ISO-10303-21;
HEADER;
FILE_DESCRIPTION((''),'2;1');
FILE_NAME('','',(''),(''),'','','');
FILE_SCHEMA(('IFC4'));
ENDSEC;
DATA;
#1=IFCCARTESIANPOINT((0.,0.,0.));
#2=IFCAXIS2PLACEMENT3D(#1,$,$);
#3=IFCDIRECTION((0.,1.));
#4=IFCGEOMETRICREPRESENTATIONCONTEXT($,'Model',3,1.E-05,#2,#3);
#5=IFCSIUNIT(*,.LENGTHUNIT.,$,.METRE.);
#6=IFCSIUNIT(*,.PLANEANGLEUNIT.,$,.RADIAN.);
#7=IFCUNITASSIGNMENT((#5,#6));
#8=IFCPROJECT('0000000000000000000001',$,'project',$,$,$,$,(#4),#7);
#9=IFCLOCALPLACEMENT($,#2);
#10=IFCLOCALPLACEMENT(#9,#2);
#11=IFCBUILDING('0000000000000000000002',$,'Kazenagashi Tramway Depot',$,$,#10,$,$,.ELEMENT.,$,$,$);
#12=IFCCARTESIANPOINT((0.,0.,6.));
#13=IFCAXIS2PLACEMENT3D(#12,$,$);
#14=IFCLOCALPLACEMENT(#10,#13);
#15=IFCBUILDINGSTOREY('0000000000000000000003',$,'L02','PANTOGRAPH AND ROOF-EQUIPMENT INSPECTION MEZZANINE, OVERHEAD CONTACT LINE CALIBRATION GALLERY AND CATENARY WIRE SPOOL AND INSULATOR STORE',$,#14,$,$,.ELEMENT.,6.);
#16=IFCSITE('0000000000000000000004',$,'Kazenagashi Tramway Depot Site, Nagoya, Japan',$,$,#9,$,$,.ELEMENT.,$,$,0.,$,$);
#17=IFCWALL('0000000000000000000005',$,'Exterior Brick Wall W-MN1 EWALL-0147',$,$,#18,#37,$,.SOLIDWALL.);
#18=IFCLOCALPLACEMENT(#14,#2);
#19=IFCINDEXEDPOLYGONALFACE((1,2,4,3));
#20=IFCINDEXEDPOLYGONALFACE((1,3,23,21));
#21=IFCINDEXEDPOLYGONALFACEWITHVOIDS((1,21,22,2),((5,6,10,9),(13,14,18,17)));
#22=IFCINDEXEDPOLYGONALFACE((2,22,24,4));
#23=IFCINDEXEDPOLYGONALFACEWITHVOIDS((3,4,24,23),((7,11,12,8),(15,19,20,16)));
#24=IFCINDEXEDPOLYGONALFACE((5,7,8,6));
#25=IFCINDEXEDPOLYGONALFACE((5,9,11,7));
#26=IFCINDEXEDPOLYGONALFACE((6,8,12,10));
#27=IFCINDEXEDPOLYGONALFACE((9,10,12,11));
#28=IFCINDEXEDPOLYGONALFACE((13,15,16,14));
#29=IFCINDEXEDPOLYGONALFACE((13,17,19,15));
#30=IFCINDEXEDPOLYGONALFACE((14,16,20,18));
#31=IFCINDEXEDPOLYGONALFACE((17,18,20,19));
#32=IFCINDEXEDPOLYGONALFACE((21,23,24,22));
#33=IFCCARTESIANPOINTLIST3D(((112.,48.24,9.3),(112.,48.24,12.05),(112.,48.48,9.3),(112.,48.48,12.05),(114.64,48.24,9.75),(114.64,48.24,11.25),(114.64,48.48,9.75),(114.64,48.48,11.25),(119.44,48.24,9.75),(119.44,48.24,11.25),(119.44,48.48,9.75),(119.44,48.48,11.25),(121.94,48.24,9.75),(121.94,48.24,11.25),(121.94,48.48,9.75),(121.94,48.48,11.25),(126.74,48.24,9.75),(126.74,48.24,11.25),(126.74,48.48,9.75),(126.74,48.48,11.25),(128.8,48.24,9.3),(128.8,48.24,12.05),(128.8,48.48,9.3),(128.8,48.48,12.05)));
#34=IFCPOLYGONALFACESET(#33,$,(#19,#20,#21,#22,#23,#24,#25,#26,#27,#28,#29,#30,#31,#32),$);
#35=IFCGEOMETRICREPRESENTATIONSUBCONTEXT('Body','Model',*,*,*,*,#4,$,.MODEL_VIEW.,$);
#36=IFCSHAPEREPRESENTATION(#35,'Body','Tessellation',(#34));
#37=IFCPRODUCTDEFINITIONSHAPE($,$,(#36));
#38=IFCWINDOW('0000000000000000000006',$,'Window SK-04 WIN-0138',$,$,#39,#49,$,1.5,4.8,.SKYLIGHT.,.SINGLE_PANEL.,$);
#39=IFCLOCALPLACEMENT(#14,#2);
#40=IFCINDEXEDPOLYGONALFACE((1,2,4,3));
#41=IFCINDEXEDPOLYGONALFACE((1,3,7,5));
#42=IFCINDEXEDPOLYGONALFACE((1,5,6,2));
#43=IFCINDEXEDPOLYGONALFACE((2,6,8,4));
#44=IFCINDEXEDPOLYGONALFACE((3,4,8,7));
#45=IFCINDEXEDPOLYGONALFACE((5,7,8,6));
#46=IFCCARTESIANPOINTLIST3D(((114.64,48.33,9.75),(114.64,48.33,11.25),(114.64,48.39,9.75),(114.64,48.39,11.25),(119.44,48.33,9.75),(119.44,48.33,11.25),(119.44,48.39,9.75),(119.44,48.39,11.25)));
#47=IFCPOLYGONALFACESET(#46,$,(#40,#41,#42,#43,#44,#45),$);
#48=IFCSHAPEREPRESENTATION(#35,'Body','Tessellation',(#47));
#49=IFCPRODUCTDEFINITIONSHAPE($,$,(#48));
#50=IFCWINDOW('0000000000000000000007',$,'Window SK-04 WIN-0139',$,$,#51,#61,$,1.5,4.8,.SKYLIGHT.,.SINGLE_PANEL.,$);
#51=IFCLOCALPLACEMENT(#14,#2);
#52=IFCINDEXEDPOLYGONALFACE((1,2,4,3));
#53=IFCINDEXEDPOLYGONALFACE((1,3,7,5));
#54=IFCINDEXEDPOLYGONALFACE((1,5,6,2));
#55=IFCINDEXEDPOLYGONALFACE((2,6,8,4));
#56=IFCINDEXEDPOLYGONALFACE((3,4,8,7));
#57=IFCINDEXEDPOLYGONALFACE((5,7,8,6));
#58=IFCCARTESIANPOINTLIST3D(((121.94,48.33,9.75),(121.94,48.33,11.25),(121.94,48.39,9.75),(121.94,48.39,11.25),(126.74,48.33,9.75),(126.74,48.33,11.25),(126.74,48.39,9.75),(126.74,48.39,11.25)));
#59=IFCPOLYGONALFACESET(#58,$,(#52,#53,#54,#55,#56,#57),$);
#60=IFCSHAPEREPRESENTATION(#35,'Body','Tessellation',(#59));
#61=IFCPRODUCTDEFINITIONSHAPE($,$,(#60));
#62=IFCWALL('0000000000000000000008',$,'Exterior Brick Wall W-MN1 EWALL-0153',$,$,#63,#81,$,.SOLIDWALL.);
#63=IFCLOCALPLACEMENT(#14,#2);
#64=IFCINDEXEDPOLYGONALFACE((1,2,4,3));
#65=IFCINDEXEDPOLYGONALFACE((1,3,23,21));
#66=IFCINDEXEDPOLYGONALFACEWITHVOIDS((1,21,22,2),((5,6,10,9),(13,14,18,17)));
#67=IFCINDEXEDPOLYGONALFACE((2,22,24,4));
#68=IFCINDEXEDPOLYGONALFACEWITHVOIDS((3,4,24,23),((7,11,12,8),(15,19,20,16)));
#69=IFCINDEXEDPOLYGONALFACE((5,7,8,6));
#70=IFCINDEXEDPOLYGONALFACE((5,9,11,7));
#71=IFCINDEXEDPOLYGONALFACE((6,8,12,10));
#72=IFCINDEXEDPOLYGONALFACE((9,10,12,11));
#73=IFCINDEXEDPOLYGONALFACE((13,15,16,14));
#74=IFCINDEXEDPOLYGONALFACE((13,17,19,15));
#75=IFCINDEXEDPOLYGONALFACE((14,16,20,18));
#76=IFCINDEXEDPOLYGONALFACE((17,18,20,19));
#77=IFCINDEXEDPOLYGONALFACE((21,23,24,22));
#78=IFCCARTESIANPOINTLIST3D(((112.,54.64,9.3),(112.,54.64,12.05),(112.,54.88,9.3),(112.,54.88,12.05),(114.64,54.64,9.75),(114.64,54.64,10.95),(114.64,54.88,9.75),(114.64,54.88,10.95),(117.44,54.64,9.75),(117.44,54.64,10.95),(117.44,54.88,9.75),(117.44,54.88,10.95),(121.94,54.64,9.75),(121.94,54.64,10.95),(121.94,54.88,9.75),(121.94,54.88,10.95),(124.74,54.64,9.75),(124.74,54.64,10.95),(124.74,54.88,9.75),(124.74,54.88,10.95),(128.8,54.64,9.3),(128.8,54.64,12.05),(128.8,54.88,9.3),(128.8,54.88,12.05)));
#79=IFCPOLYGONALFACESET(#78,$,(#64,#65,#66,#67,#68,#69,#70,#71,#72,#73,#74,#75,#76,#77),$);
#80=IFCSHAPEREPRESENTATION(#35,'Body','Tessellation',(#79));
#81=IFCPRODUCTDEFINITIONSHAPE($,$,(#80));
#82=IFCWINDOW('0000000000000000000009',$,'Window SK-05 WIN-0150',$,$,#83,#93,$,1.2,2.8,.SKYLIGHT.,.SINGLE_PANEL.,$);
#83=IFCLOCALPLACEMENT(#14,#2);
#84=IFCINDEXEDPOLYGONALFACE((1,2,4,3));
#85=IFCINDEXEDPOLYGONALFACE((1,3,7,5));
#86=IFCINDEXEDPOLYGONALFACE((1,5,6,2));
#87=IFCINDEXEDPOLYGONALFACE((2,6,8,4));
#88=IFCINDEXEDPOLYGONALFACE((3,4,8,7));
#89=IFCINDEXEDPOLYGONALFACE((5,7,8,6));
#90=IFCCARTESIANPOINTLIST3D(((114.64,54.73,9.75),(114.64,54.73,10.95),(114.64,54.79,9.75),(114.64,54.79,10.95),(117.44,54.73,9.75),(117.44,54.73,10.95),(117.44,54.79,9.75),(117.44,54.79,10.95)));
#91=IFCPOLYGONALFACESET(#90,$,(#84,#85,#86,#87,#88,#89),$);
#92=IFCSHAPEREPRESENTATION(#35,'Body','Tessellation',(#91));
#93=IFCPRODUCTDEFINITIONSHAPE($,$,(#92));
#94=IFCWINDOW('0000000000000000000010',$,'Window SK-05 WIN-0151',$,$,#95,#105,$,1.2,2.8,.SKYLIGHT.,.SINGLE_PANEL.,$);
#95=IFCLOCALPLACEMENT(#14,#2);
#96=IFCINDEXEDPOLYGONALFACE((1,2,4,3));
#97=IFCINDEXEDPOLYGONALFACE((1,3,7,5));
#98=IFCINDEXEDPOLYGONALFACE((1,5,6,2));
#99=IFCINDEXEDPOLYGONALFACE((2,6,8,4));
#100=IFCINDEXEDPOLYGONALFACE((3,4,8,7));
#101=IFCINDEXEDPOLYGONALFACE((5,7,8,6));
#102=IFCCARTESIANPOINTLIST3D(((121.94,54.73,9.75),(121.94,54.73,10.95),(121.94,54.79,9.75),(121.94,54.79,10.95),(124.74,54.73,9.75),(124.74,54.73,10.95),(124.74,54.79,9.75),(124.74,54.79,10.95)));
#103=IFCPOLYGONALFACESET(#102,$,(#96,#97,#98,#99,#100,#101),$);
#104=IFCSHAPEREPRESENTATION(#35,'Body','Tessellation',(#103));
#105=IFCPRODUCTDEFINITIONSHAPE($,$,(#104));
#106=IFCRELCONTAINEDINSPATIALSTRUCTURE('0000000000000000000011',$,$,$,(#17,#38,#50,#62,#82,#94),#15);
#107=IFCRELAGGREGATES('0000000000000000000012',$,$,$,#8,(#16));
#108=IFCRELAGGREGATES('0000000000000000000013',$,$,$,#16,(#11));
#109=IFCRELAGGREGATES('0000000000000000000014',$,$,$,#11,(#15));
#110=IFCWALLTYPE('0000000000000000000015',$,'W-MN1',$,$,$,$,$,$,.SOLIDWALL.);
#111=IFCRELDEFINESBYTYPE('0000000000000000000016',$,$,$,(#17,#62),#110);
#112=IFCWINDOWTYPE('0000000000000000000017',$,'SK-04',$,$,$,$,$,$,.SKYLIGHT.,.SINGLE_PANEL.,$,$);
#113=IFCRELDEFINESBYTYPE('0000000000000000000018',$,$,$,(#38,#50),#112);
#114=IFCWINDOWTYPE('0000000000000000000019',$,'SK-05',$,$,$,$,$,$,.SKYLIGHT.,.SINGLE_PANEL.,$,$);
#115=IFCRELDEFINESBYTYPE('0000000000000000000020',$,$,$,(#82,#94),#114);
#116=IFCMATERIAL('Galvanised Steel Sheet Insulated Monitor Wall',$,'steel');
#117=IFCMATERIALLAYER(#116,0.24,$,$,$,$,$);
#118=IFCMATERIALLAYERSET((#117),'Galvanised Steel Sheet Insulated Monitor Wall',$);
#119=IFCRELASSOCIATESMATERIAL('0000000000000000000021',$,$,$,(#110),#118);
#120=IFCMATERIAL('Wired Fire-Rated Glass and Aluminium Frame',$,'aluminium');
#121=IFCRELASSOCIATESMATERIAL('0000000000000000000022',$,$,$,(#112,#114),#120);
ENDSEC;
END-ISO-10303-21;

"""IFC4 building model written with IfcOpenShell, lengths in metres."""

from ifc_helpers import new_model, si_unit, direction, frame, frame_2d, origin, place, context, subcontext, project, spatial, rectangle, extrude, material, layer, layer_set, type_object, element, fill, save


model = new_model("IFC4")

# Units and contexts
model_context = context("Model", 3, precision=1e-05, world=origin(), true_north=direction((0.0, 1.0)))
body_context = subcontext(model_context, "Body", "Model", "MODEL_VIEW")
ifc_project = project(units=[si_unit("LENGTHUNIT", "METRE"), si_unit("PLANEANGLEUNIT", "RADIAN")], contexts=[model_context])

# Site, building, storey
site_placement = place(None, origin())
site = spatial("IfcSite", under=ifc_project, at=site_placement, Name="Kazenagashi Tramway Depot Site, Nagoya, Japan", CompositionType="ELEMENT", RefElevation=0.0)
building_placement = place(site_placement, origin())
building = spatial("IfcBuilding", under=site, at=building_placement, Name="Kazenagashi Tramway Depot", CompositionType="ELEMENT")
storey_placement = place(building_placement, frame((0.0, 0.0, 6.0)))
storey = spatial("IfcBuildingStorey", under=building, at=storey_placement, Name="L02", Description="PANTOGRAPH AND ROOF-EQUIPMENT INSPECTION MEZZANINE, OVERHEAD CONTACT LINE CALIBRATION GALLERY AND CATENARY WIRE SPOOL AND INSULATOR STORE", CompositionType="ELEMENT", Elevation=6.0)

# Walls, openings, windows
ifc_material_1 = material(Name="Galvanised Steel Sheet Insulated Monitor Wall", Category="steel")
ifc_layer_1 = layer(ifc_material_1, 0.24)
ifc_layer_set_1 = layer_set([ifc_layer_1], Name="Galvanised Steel Sheet Insulated Monitor Wall")
wall_type = type_object("IfcWallType", Name="W-MN1", PredefinedType="SOLIDWALL", material=ifc_layer_set_1)
ifc_material_2 = material(Name="Wired Fire-Rated Glass and Aluminium Frame", Category="aluminium")
wall_1_placement = place(storey_placement, frame((112.0, 48.36, 9.3), z_axis=(0.0, 0.0, 1.0), x_axis=(1.0, 0.0, 0.0)))
wall_1 = element("IfcWall", 1, at=wall_1_placement, inside=storey, type_object=wall_type, Name="Exterior Brick Wall W-MN1 EWALL-0147", PredefinedType="SOLIDWALL", context=body_context, shape_type="SweptSolid", body=[
    extrude(rectangle(XDim=16.8, YDim=0.24, at=frame_2d((8.4, 0.0))), origin(), (0.0, 0.0, 1.0), 2.75),
])
opening_1_placement = place(wall_1_placement, frame((2.64, 0.0, 0.45)))
opening_1 = element("IfcOpeningElement", 2, at=opening_1_placement, cuts=wall_1, PredefinedType="OPENING", context=body_context, shape_type="SweptSolid", body=[
    extrude(rectangle(XDim=4.8, YDim=1.5, at=frame_2d((2.4, 0.75))), frame((0.0, 0.13, 0.0), z_axis=(0.0, -1.0, 0.0), x_axis=(1.0, 0.0, 0.0)), (0.0, 0.0, 1.0), 0.26),
])
opening_2_placement = place(wall_1_placement, frame((9.94, 0.0, 0.45)))
opening_2 = element("IfcOpeningElement", 3, at=opening_2_placement, cuts=wall_1, PredefinedType="OPENING", context=body_context, shape_type="SweptSolid", body=[
    extrude(rectangle(XDim=4.8, YDim=1.5, at=frame_2d((2.4, 0.75))), frame((0.0, 0.13, 0.0), z_axis=(0.0, -1.0, 0.0), x_axis=(1.0, 0.0, 0.0)), (0.0, 0.0, 1.0), 0.26),
])
window_type_1 = type_object("IfcWindowType", Name="SK-04", PartitioningType="SINGLE_PANEL", PredefinedType="SKYLIGHT", material=ifc_material_2)
window_1_placement = place(opening_1_placement, origin())
window_1 = element("IfcWindow", 4, at=window_1_placement, inside=storey, type_object=window_type_1, Name="Window SK-04 WIN-0138", OverallHeight=1.5, OverallWidth=4.8, PartitioningType="SINGLE_PANEL", PredefinedType="SKYLIGHT", context=body_context, shape_type="SweptSolid", body=[
    extrude(rectangle(XDim=4.8, YDim=1.5, at=frame_2d((2.4, 0.75))), frame((0.0, 0.03, 0.0), z_axis=(0.0, -1.0, 0.0), x_axis=(1.0, 0.0, 0.0)), (0.0, 0.0, 1.0), 0.06),
])
fill(opening_1, window_1)
window_2_placement = place(opening_2_placement, origin())
window_2 = element("IfcWindow", 5, at=window_2_placement, inside=storey, type_object=window_type_1, Name="Window SK-04 WIN-0139", OverallHeight=1.5, OverallWidth=4.8, PartitioningType="SINGLE_PANEL", PredefinedType="SKYLIGHT", context=body_context, shape_type="SweptSolid", body=[
    extrude(rectangle(XDim=4.8, YDim=1.5, at=frame_2d((2.4, 0.75))), frame((0.0, 0.03, 0.0), z_axis=(0.0, -1.0, 0.0), x_axis=(1.0, 0.0, 0.0)), (0.0, 0.0, 1.0), 0.06),
])
fill(opening_2, window_2)
wall_2_placement = place(storey_placement, frame((112.0, 54.76, 9.3), z_axis=(0.0, 0.0, 1.0), x_axis=(1.0, 0.0, 0.0)))
wall_2 = element("IfcWall", 6, at=wall_2_placement, inside=storey, type_object=wall_type, Name="Exterior Brick Wall W-MN1 EWALL-0153", PredefinedType="SOLIDWALL", context=body_context, shape_type="SweptSolid", body=[
    extrude(rectangle(XDim=16.8, YDim=0.24, at=frame_2d((8.4, 0.0))), origin(), (0.0, 0.0, 1.0), 2.75),
])
opening_3_placement = place(wall_2_placement, frame((2.64, 0.0, 0.45)))
opening_3 = element("IfcOpeningElement", 7, at=opening_3_placement, cuts=wall_2, PredefinedType="OPENING", context=body_context, shape_type="SweptSolid", body=[
    extrude(rectangle(XDim=2.8, YDim=1.2, at=frame_2d((1.4, 0.6))), frame((0.0, 0.13, 0.0), z_axis=(0.0, -1.0, 0.0), x_axis=(1.0, 0.0, 0.0)), (0.0, 0.0, 1.0), 0.26),
])
opening_4_placement = place(wall_2_placement, frame((9.94, 0.0, 0.45)))
opening_4 = element("IfcOpeningElement", 8, at=opening_4_placement, cuts=wall_2, PredefinedType="OPENING", context=body_context, shape_type="SweptSolid", body=[
    extrude(rectangle(XDim=2.8, YDim=1.2, at=frame_2d((1.4, 0.6))), frame((0.0, 0.13, 0.0), z_axis=(0.0, -1.0, 0.0), x_axis=(1.0, 0.0, 0.0)), (0.0, 0.0, 1.0), 0.26),
])
window_type_2 = type_object("IfcWindowType", Name="SK-05", PartitioningType="SINGLE_PANEL", PredefinedType="SKYLIGHT", material=ifc_material_2)
window_3_placement = place(opening_3_placement, origin())
window_3 = element("IfcWindow", 9, at=window_3_placement, inside=storey, type_object=window_type_2, Name="Window SK-05 WIN-0150", OverallHeight=1.2, OverallWidth=2.8, PartitioningType="SINGLE_PANEL", PredefinedType="SKYLIGHT", context=body_context, shape_type="SweptSolid", body=[
    extrude(rectangle(XDim=2.8, YDim=1.2, at=frame_2d((1.4, 0.6))), frame((0.0, 0.03, 0.0), z_axis=(0.0, -1.0, 0.0), x_axis=(1.0, 0.0, 0.0)), (0.0, 0.0, 1.0), 0.06),
])
fill(opening_3, window_3)
window_4_placement = place(opening_4_placement, origin())
window_4 = element("IfcWindow", 10, at=window_4_placement, inside=storey, type_object=window_type_2, Name="Window SK-05 WIN-0151", OverallHeight=1.2, OverallWidth=2.8, PartitioningType="SINGLE_PANEL", PredefinedType="SKYLIGHT", context=body_context, shape_type="SweptSolid", body=[
    extrude(rectangle(XDim=2.8, YDim=1.2, at=frame_2d((1.4, 0.6))), frame((0.0, 0.03, 0.0), z_axis=(0.0, -1.0, 0.0), x_axis=(1.0, 0.0, 0.0)), (0.0, 0.0, 1.0), 0.06),
])
fill(opening_4, window_4)

save(model, "model.ifc")
